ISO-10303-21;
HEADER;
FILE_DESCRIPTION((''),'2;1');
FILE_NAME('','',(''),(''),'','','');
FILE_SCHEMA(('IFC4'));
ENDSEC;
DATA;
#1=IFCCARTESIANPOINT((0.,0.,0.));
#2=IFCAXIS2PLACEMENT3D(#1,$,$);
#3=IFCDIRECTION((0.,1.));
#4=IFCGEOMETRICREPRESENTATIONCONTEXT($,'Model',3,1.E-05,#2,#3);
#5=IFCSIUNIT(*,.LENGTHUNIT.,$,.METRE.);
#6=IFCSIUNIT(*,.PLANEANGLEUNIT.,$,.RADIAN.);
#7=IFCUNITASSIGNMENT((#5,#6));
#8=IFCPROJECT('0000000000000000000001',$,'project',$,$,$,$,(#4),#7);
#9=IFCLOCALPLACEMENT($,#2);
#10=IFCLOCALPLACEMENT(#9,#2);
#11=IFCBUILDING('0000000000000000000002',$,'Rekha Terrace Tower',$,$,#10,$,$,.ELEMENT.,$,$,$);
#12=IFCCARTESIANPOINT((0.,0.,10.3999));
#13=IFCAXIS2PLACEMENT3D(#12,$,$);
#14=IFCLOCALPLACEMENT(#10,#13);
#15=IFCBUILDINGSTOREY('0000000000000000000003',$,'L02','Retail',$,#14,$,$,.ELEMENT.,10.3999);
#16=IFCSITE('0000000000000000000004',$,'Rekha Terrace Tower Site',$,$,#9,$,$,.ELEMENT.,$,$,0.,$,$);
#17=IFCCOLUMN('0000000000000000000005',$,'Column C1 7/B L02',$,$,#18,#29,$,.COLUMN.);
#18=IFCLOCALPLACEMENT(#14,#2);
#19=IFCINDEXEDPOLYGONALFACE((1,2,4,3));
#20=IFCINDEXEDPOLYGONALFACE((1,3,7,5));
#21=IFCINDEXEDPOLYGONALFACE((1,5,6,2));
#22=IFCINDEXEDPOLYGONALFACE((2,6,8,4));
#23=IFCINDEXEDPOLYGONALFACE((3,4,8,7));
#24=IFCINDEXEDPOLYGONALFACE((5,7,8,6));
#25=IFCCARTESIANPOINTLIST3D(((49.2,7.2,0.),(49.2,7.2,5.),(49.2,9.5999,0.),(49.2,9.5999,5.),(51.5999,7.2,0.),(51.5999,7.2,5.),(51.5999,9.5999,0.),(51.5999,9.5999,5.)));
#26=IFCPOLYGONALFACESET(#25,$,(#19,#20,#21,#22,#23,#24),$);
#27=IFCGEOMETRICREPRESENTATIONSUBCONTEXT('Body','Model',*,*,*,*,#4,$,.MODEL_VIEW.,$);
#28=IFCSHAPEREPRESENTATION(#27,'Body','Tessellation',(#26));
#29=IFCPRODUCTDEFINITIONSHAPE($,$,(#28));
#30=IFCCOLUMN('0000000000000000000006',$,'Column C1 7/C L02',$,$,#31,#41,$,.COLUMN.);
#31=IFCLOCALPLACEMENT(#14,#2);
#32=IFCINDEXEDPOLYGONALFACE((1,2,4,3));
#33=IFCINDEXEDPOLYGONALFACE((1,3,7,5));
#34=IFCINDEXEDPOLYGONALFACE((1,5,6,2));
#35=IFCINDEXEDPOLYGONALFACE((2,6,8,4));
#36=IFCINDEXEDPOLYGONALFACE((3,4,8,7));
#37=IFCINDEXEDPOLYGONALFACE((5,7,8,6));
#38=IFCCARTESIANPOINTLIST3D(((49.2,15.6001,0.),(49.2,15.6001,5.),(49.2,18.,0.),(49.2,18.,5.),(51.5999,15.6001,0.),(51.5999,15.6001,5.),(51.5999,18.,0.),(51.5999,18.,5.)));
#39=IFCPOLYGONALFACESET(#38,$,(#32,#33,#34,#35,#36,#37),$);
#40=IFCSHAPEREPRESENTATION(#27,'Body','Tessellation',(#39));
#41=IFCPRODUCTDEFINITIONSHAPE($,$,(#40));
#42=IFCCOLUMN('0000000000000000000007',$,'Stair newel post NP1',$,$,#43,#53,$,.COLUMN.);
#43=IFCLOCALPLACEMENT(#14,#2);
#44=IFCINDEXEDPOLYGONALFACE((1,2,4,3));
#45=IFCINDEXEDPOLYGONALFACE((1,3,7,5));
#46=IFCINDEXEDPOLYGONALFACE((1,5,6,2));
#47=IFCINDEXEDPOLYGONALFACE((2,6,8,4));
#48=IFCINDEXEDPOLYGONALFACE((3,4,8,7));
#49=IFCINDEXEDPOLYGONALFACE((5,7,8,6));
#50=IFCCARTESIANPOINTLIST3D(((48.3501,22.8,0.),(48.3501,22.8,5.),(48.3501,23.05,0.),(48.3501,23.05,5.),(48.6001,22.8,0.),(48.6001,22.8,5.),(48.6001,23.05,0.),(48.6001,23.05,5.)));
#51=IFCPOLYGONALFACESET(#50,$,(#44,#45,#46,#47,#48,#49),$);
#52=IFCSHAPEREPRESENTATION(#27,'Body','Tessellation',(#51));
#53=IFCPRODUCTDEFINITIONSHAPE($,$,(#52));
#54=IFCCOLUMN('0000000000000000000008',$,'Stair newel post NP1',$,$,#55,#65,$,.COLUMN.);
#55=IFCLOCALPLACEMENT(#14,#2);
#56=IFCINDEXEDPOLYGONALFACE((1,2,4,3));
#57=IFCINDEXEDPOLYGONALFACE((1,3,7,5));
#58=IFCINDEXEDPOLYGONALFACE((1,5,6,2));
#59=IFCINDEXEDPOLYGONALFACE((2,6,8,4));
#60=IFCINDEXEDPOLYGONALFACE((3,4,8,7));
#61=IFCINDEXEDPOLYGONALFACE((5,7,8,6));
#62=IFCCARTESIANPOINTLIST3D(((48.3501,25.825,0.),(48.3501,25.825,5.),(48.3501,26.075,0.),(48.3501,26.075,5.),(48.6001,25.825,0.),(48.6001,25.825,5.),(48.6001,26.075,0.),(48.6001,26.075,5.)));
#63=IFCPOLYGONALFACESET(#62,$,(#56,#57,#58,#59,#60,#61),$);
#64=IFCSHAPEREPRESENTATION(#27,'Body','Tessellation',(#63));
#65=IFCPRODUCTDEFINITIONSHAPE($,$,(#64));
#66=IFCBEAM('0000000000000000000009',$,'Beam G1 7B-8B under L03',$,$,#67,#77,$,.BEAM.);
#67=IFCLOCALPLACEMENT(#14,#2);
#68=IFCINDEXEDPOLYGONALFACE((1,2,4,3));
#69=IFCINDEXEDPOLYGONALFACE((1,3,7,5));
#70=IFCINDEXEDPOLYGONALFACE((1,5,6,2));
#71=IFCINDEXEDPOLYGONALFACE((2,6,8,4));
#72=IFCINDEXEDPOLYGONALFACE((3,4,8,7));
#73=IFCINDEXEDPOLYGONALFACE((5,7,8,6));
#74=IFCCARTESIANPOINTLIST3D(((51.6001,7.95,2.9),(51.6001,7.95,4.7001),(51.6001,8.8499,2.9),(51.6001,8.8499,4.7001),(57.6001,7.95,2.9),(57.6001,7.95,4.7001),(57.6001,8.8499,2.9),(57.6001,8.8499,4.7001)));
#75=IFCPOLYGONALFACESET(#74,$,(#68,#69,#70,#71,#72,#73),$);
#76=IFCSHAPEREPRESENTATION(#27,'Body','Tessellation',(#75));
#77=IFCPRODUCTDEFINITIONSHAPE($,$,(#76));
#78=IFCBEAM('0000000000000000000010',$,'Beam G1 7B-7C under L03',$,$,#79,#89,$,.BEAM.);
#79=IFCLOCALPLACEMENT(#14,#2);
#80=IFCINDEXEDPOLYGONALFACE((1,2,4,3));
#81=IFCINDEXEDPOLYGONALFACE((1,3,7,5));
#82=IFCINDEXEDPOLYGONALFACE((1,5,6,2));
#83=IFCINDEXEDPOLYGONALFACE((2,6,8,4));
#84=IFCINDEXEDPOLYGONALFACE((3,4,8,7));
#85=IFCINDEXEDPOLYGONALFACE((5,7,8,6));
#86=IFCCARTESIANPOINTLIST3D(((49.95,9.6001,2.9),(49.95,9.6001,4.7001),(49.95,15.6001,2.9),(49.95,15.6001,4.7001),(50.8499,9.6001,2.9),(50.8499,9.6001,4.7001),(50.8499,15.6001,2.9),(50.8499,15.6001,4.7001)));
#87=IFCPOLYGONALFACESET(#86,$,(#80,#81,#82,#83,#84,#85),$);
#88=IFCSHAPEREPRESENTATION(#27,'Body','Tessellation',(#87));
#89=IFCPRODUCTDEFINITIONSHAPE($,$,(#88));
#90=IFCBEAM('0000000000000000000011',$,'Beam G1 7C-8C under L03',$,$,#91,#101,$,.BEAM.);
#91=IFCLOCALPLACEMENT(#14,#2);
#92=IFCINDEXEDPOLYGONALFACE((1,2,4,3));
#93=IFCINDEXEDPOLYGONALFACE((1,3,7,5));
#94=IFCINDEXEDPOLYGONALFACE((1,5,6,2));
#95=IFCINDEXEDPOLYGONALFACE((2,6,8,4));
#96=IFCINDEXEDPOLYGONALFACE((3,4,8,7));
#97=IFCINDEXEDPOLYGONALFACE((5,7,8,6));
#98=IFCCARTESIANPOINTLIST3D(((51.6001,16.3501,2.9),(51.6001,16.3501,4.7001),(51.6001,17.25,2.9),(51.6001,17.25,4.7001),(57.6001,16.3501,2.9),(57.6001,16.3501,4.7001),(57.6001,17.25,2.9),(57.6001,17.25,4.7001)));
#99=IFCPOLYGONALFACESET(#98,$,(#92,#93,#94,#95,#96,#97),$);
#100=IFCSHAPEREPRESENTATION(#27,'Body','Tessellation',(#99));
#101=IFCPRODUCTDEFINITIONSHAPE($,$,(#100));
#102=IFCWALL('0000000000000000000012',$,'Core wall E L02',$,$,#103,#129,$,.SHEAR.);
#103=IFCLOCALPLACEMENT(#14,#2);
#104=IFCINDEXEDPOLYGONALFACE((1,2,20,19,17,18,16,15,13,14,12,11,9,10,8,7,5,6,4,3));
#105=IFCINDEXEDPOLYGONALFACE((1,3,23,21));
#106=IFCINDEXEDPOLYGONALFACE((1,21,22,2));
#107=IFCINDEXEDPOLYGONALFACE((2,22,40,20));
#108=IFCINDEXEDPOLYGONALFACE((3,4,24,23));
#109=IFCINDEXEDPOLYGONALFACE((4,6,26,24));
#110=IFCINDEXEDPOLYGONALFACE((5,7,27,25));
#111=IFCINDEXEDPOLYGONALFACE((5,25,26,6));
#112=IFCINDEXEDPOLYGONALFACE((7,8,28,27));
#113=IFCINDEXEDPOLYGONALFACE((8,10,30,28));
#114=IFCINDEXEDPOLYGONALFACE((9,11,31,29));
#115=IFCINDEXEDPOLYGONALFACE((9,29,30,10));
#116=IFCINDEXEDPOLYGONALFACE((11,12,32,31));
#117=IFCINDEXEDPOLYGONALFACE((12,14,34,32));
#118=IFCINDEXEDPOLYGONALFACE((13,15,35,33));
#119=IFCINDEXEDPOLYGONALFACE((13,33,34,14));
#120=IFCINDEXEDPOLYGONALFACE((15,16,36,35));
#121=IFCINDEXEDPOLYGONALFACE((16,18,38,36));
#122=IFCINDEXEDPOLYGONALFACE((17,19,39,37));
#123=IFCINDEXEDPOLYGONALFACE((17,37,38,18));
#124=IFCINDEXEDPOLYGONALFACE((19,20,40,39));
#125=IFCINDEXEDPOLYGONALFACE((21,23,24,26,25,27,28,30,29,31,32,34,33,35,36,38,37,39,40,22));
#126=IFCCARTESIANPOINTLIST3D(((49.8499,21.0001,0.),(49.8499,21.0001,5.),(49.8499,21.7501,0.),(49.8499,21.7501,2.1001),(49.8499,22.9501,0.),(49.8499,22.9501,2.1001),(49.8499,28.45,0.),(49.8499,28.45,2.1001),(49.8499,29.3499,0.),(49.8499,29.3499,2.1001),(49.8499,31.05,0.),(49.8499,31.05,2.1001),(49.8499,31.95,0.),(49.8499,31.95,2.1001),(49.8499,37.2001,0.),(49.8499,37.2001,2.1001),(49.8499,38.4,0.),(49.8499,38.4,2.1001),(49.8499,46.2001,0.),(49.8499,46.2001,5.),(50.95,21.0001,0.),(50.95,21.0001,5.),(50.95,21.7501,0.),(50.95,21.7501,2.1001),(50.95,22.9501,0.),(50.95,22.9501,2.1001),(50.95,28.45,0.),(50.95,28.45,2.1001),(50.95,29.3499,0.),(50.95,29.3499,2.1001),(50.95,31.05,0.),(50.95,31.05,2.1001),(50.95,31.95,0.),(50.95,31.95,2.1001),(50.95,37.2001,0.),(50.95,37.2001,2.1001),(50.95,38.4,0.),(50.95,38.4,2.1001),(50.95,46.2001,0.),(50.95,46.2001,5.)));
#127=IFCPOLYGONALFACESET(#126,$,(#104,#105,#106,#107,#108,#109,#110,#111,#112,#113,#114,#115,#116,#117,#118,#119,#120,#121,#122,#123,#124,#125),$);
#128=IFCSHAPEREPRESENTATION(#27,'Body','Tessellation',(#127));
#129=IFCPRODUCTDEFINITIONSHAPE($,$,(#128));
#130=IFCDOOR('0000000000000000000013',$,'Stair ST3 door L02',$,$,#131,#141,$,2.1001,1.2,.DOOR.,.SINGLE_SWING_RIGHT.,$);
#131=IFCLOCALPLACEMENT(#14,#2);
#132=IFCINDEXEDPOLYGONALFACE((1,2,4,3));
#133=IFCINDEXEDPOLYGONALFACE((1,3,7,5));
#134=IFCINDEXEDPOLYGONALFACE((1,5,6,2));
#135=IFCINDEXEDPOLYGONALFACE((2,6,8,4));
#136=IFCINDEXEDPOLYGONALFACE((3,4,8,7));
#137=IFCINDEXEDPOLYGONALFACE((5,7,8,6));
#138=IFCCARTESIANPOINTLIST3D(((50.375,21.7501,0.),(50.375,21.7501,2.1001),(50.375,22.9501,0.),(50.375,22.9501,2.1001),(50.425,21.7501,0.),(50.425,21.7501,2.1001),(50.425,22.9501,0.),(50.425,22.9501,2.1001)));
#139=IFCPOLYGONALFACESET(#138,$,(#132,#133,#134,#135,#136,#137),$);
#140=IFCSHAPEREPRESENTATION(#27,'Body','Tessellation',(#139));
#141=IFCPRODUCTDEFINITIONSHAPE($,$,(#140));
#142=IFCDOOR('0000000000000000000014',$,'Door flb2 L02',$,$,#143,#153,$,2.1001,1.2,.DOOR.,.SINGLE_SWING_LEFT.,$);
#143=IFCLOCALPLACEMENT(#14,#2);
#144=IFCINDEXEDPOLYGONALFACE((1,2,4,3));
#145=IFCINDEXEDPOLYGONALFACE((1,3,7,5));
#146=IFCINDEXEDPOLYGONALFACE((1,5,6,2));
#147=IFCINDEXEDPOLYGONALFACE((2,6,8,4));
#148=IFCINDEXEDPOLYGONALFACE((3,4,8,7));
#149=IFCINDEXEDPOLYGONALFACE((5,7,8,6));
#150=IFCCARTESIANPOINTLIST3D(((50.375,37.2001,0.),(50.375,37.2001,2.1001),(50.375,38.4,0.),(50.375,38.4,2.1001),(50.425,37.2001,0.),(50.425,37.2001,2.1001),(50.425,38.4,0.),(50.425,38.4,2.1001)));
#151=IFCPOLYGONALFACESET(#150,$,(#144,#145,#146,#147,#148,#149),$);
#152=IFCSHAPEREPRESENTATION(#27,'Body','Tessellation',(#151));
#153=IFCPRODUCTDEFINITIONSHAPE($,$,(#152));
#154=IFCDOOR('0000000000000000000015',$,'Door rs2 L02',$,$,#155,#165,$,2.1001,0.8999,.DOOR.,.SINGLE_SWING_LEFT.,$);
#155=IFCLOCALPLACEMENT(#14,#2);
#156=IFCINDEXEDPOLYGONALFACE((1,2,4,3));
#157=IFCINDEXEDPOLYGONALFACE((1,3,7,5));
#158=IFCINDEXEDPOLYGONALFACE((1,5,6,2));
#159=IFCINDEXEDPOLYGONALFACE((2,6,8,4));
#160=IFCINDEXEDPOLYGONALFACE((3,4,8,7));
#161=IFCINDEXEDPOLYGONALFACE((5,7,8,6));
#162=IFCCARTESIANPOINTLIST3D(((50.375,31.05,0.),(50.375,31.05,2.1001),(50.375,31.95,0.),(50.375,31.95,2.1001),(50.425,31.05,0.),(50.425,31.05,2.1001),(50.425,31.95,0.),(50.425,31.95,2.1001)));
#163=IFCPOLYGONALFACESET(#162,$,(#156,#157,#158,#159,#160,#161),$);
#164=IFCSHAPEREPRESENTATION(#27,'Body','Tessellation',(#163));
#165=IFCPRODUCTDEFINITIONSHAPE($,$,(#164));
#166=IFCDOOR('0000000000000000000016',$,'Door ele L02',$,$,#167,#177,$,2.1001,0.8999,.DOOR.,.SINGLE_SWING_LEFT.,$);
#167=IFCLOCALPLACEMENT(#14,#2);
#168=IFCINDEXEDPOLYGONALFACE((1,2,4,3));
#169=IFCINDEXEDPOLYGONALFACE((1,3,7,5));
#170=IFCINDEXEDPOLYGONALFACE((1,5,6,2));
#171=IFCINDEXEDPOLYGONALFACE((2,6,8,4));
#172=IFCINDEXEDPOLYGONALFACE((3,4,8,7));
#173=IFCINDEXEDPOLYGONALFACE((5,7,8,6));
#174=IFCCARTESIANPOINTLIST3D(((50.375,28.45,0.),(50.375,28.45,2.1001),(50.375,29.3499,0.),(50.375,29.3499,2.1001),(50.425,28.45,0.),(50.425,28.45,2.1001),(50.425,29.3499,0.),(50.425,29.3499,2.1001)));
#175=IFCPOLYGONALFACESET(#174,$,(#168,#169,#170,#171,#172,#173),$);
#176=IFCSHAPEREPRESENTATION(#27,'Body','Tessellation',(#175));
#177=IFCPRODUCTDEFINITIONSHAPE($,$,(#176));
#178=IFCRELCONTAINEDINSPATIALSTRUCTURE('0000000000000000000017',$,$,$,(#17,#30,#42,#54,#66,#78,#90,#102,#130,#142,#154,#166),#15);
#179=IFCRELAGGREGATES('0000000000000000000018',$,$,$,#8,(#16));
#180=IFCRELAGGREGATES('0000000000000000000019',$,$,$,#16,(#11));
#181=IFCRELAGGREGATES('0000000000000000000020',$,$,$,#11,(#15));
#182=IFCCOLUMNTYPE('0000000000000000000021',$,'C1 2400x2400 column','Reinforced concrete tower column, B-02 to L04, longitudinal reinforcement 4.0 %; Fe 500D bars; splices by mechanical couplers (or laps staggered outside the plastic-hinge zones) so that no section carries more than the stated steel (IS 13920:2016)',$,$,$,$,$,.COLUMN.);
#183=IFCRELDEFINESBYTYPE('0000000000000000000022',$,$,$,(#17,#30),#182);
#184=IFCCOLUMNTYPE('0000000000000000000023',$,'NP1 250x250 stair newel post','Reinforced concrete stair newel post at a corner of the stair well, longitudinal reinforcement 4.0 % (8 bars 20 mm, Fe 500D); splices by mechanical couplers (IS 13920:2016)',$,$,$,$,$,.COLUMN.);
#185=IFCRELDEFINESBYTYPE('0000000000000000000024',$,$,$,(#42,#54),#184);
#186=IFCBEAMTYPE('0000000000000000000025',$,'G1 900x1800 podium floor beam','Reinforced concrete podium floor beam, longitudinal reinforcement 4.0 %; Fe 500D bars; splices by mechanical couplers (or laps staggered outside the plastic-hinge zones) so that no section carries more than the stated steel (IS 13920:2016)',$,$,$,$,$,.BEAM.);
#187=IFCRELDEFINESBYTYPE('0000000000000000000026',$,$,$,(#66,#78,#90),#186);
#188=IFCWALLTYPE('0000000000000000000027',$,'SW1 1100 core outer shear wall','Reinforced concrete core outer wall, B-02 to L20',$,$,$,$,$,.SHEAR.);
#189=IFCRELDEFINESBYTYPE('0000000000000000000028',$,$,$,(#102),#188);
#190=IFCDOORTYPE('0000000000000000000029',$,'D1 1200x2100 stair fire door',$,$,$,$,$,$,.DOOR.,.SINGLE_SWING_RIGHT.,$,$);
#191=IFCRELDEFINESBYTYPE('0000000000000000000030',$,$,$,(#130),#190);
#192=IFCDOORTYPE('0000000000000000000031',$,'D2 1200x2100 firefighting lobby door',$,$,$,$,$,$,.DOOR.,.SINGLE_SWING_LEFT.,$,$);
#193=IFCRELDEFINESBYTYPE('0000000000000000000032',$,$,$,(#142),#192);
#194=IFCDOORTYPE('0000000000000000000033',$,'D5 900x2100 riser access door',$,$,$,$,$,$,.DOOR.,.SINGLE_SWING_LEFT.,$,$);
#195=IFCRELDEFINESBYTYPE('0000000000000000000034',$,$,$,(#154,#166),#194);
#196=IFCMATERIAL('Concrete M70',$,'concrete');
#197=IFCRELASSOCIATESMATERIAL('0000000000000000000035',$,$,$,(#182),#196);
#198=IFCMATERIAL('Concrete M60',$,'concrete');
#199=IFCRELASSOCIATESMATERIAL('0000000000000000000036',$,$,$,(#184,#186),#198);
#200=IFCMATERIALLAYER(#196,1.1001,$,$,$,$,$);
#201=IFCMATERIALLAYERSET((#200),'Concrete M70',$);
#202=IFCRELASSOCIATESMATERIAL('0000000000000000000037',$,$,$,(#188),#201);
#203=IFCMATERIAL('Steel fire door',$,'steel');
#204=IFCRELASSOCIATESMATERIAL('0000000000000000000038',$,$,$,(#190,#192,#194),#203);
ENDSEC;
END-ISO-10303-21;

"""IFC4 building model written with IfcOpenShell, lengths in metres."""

from ifc_helpers import new_model, si_unit, direction, frame, frame_2d, origin, origin_2d, place, context, subcontext, project, spatial, rectangle, extrude, material, layer, layer_set, material_profile, profile_set, type_object, element, fill, save


model = new_model("IFC4")

# Units and contexts
model_context = context("Model", 3, precision=1e-05, world=origin(), true_north=direction((0.0, 1.0)))
body_context = subcontext(model_context, "Body", "Model", "MODEL_VIEW")
ifc_project = project(units=[si_unit("LENGTHUNIT", "METRE"), si_unit("PLANEANGLEUNIT", "RADIAN")], contexts=[model_context])

# Site, building, storey
site_placement = place(None, origin())
site = spatial("IfcSite", under=ifc_project, at=site_placement, Name="Rekha Terrace Tower Site", CompositionType="ELEMENT", RefElevation=0.0)
building_placement = place(site_placement, origin())
building = spatial("IfcBuilding", under=site, at=building_placement, Name="Rekha Terrace Tower", CompositionType="ELEMENT")
storey_placement = place(building_placement, frame((0.0, 0.0, 10.3999)))
storey = spatial("IfcBuildingStorey", under=building, at=storey_placement, Name="L02", Description="Retail", CompositionType="ELEMENT", Elevation=10.3999)

# Columns
ifc_material_1 = material(Name="Concrete M70", Category="concrete")
ifc_material_profile_1 = material_profile(ifc_material_1, rectangle(XDim=2.3999, YDim=2.3999, at=origin_2d()), Name="RC 2400x2400")
ifc_profile_set_1 = profile_set([ifc_material_profile_1], Name="Concrete M70")
column_type_1 = type_object("IfcColumnType", Name="C1 2400x2400 column", Description="Reinforced concrete tower column, B-02 to L04, longitudinal reinforcement 4.0 %; Fe 500D bars; splices by mechanical couplers (or laps staggered outside the plastic-hinge zones) so that no section carries more than the stated steel (IS 13920:2016)", PredefinedType="COLUMN", material=ifc_profile_set_1)
for number, where, z_axis, x_axis, name in (
    (1, (50.3999, 8.3999, 0.0), (0.0, 0.0, 1.0), (1.0, 0.0, 0.0), "Column C1 7/B L02"),
    (2, (50.3999, 16.8, 0.0), (0.0, 0.0, 1.0), (1.0, 0.0, 0.0), "Column C1 7/C L02"),
):
    element("IfcColumn", number, at=place(storey_placement, frame(where, z_axis=z_axis, x_axis=x_axis)), inside=storey, type_object=column_type_1, Name=name, PredefinedType="COLUMN", context=body_context, shape_type="SweptSolid", body=[
        extrude(rectangle(XDim=2.3999, YDim=2.3999, at=origin_2d()), origin(), (0.0, 0.0, 1.0), 5.0),
    ])
ifc_material_2 = material(Name="Concrete M60", Category="concrete")
ifc_material_profile_2 = material_profile(ifc_material_2, rectangle(XDim=0.25, YDim=0.25, at=origin_2d()), Name="RC 250x250")
ifc_profile_set_2 = profile_set([ifc_material_profile_2], Name="Concrete M60")
column_type_2 = type_object("IfcColumnType", Name="NP1 250x250 stair newel post", Description="Reinforced concrete stair newel post at a corner of the stair well, longitudinal reinforcement 4.0 % (8 bars 20 mm, Fe 500D); splices by mechanical couplers (IS 13920:2016)", PredefinedType="COLUMN", material=ifc_profile_set_2)
for number, where, z_axis, x_axis, name in (
    (3, (48.4751, 22.925, 0.0), (0.0, 0.0, 1.0), (1.0, 0.0, 0.0), "Stair newel post NP1"),
    (4, (48.4751, 25.95, 0.0), (0.0, 0.0, 1.0), (1.0, 0.0, 0.0), "Stair newel post NP1"),
):
    element("IfcColumn", number, at=place(storey_placement, frame(where, z_axis=z_axis, x_axis=x_axis)), inside=storey, type_object=column_type_2, Name=name, PredefinedType="COLUMN", context=body_context, shape_type="SweptSolid", body=[
        extrude(rectangle(XDim=0.25, YDim=0.25, at=origin_2d()), origin(), (0.0, 0.0, 1.0), 5.0),
    ])

# Beams
ifc_material_profile_3 = material_profile(ifc_material_2, rectangle(XDim=0.8999, YDim=1.8, at=origin_2d()), Name="RC 900x1800")
ifc_profile_set_3 = profile_set([ifc_material_profile_3], Name="Concrete M60")
beam_type = type_object("IfcBeamType", Name="G1 900x1800 podium floor beam", Description="Reinforced concrete podium floor beam, longitudinal reinforcement 4.0 %; Fe 500D bars; splices by mechanical couplers (or laps staggered outside the plastic-hinge zones) so that no section carries more than the stated steel (IS 13920:2016)", PredefinedType="BEAM", material=ifc_profile_set_3)
for number, where, z_axis, x_axis, name in (
    (5, (51.6001, 8.3999, 3.8), (1.0, 0.0, 0.0), (0.0, 1.0, 0.0), "Beam G1 7B-8B under L03"),
    (6, (50.3999, 9.6001, 3.8), (0.0, 1.0, 0.0), (-1.0, 0.0, 0.0), "Beam G1 7B-7C under L03"),
    (7, (51.6001, 16.8, 3.8), (1.0, 0.0, 0.0), (0.0, 1.0, 0.0), "Beam G1 7C-8C under L03"),
):
    element("IfcBeam", number, at=place(storey_placement, frame(where, z_axis=z_axis, x_axis=x_axis)), inside=storey, type_object=beam_type, Name=name, PredefinedType="BEAM", context=body_context, shape_type="SweptSolid", body=[
        extrude(rectangle(XDim=0.8999, YDim=1.8, at=origin_2d()), origin(), (0.0, 0.0, 1.0), 6.0),
    ])

# Wall, openings, doors
ifc_layer_1 = layer(ifc_material_1, 1.1001)
ifc_layer_set_1 = layer_set([ifc_layer_1], Name="Concrete M70")
wall_type_1 = type_object("IfcWallType", Name="SW1 1100 core outer shear wall", Description="Reinforced concrete core outer wall, B-02 to L20", PredefinedType="SHEAR", material=ifc_layer_set_1)
wall_1_placement = place(storey_placement, frame((50.3999, 21.0, 0.0), z_axis=(0.0, 0.0, 1.0), x_axis=(0.0, 1.0, 0.0)))
wall_1 = element("IfcWall", 8, at=wall_1_placement, inside=storey, type_object=wall_type_1, Name="Core wall E L02", PredefinedType="SHEAR", context=body_context, shape_type="SweptSolid", body=[
    extrude(rectangle(XDim=25.2, YDim=1.1001, at=frame_2d((12.6001, 0.0))), origin(), (0.0, 0.0, 1.0), 5.0),
])
opening_1_placement = place(wall_1_placement, frame((16.2, 0.0, 0.0)))
opening_1 = element("IfcOpeningElement", 9, at=opening_1_placement, cuts=wall_1, PredefinedType="OPENING", context=body_context, shape_type="SweptSolid", body=[
    extrude(rectangle(XDim=1.2, YDim=2.1001, at=frame_2d((0.6001, 1.05))), frame((0.0, 0.5601, 0.0), z_axis=(0.0, -1.0, 0.0), x_axis=(1.0, 0.0, 0.0)), (0.0, 0.0, 1.0), 1.1201),
])
opening_2_placement = place(wall_1_placement, frame((10.05, 0.0, 0.0)))
opening_2 = element("IfcOpeningElement", 10, at=opening_2_placement, cuts=wall_1, PredefinedType="OPENING", context=body_context, shape_type="SweptSolid", body=[
    extrude(rectangle(XDim=0.8999, YDim=2.1001, at=frame_2d((0.45, 1.05))), frame((0.0, 0.5601, 0.0), z_axis=(0.0, -1.0, 0.0), x_axis=(1.0, 0.0, 0.0)), (0.0, 0.0, 1.0), 1.1201),
])
opening_3_placement = place(wall_1_placement, frame((7.45, 0.0, 0.0)))
opening_3 = element("IfcOpeningElement", 11, at=opening_3_placement, cuts=wall_1, PredefinedType="OPENING", context=body_context, shape_type="SweptSolid", body=[
    extrude(rectangle(XDim=0.8999, YDim=2.1001, at=frame_2d((0.45, 1.05))), frame((0.0, 0.5601, 0.0), z_axis=(0.0, -1.0, 0.0), x_axis=(1.0, 0.0, 0.0)), (0.0, 0.0, 1.0), 1.1201),
])
opening_4_placement = place(wall_1_placement, frame((0.75, 0.0, 0.0)))
opening_4 = element("IfcOpeningElement", 12, at=opening_4_placement, cuts=wall_1, PredefinedType="OPENING", context=body_context, shape_type="SweptSolid", body=[
    extrude(rectangle(XDim=1.2, YDim=2.1001, at=frame_2d((0.6001, 1.05))), frame((0.0, 0.5601, 0.0), z_axis=(0.0, -1.0, 0.0), x_axis=(1.0, 0.0, 0.0)), (0.0, 0.0, 1.0), 1.1201),
])
ifc_material_3 = material(Name="Steel fire door", Category="steel")
door_type_1 = type_object("IfcDoorType", Name="D1 1200x2100 stair fire door", OperationType="SINGLE_SWING_RIGHT", PredefinedType="DOOR", material=ifc_material_3)
door_1_placement = place(opening_4_placement, origin())
door_1 = element("IfcDoor", 13, at=door_1_placement, inside=storey, type_object=door_type_1, Name="Stair ST3 door L02", OperationType="SINGLE_SWING_RIGHT", OverallHeight=2.1001, OverallWidth=1.2, PredefinedType="DOOR", context=body_context, shape_type="SweptSolid", body=[
    extrude(rectangle(XDim=1.2, YDim=2.1001, at=frame_2d((0.6001, 1.05))), frame((0.0, 0.0249, 0.0), z_axis=(0.0, -1.0, 0.0), x_axis=(1.0, 0.0, 0.0)), (0.0, 0.0, 1.0), 0.05),
])
fill(opening_4, door_1)
door_type_2 = type_object("IfcDoorType", Name="D2 1200x2100 firefighting lobby door", OperationType="SINGLE_SWING_LEFT", PredefinedType="DOOR", material=ifc_material_3)
door_2_placement = place(opening_1_placement, origin())
door_2 = element("IfcDoor", 14, at=door_2_placement, inside=storey, type_object=door_type_2, Name="Door flb2 L02", OperationType="SINGLE_SWING_LEFT", OverallHeight=2.1001, OverallWidth=1.2, PredefinedType="DOOR", context=body_context, shape_type="SweptSolid", body=[
    extrude(rectangle(XDim=1.2, YDim=2.1001, at=frame_2d((0.6001, 1.05))), frame((0.0, 0.0249, 0.0), z_axis=(0.0, -1.0, 0.0), x_axis=(1.0, 0.0, 0.0)), (0.0, 0.0, 1.0), 0.05),
])
fill(opening_1, door_2)
door_type_3 = type_object("IfcDoorType", Name="D5 900x2100 riser access door", OperationType="SINGLE_SWING_LEFT", PredefinedType="DOOR", material=ifc_material_3)
door_3_placement = place(opening_2_placement, origin())
door_3 = element("IfcDoor", 15, at=door_3_placement, inside=storey, type_object=door_type_3, Name="Door rs2 L02", OperationType="SINGLE_SWING_LEFT", OverallHeight=2.1001, OverallWidth=0.8999, PredefinedType="DOOR", context=body_context, shape_type="SweptSolid", body=[
    extrude(rectangle(XDim=0.8999, YDim=2.1001, at=frame_2d((0.45, 1.05))), frame((0.0, 0.0249, 0.0), z_axis=(0.0, -1.0, 0.0), x_axis=(1.0, 0.0, 0.0)), (0.0, 0.0, 1.0), 0.05),
])
fill(opening_2, door_3)
door_4_placement = place(opening_3_placement, origin())
door_4 = element("IfcDoor", 16, at=door_4_placement, inside=storey, type_object=door_type_3, Name="Door ele L02", OperationType="SINGLE_SWING_LEFT", OverallHeight=2.1001, OverallWidth=0.8999, PredefinedType="DOOR", context=body_context, shape_type="SweptSolid", body=[
    extrude(rectangle(XDim=0.8999, YDim=2.1001, at=frame_2d((0.45, 1.05))), frame((0.0, 0.0249, 0.0), z_axis=(0.0, -1.0, 0.0), x_axis=(1.0, 0.0, 0.0)), (0.0, 0.0, 1.0), 0.05),
])
fill(opening_3, door_4)

save(model, "model.ifc")
